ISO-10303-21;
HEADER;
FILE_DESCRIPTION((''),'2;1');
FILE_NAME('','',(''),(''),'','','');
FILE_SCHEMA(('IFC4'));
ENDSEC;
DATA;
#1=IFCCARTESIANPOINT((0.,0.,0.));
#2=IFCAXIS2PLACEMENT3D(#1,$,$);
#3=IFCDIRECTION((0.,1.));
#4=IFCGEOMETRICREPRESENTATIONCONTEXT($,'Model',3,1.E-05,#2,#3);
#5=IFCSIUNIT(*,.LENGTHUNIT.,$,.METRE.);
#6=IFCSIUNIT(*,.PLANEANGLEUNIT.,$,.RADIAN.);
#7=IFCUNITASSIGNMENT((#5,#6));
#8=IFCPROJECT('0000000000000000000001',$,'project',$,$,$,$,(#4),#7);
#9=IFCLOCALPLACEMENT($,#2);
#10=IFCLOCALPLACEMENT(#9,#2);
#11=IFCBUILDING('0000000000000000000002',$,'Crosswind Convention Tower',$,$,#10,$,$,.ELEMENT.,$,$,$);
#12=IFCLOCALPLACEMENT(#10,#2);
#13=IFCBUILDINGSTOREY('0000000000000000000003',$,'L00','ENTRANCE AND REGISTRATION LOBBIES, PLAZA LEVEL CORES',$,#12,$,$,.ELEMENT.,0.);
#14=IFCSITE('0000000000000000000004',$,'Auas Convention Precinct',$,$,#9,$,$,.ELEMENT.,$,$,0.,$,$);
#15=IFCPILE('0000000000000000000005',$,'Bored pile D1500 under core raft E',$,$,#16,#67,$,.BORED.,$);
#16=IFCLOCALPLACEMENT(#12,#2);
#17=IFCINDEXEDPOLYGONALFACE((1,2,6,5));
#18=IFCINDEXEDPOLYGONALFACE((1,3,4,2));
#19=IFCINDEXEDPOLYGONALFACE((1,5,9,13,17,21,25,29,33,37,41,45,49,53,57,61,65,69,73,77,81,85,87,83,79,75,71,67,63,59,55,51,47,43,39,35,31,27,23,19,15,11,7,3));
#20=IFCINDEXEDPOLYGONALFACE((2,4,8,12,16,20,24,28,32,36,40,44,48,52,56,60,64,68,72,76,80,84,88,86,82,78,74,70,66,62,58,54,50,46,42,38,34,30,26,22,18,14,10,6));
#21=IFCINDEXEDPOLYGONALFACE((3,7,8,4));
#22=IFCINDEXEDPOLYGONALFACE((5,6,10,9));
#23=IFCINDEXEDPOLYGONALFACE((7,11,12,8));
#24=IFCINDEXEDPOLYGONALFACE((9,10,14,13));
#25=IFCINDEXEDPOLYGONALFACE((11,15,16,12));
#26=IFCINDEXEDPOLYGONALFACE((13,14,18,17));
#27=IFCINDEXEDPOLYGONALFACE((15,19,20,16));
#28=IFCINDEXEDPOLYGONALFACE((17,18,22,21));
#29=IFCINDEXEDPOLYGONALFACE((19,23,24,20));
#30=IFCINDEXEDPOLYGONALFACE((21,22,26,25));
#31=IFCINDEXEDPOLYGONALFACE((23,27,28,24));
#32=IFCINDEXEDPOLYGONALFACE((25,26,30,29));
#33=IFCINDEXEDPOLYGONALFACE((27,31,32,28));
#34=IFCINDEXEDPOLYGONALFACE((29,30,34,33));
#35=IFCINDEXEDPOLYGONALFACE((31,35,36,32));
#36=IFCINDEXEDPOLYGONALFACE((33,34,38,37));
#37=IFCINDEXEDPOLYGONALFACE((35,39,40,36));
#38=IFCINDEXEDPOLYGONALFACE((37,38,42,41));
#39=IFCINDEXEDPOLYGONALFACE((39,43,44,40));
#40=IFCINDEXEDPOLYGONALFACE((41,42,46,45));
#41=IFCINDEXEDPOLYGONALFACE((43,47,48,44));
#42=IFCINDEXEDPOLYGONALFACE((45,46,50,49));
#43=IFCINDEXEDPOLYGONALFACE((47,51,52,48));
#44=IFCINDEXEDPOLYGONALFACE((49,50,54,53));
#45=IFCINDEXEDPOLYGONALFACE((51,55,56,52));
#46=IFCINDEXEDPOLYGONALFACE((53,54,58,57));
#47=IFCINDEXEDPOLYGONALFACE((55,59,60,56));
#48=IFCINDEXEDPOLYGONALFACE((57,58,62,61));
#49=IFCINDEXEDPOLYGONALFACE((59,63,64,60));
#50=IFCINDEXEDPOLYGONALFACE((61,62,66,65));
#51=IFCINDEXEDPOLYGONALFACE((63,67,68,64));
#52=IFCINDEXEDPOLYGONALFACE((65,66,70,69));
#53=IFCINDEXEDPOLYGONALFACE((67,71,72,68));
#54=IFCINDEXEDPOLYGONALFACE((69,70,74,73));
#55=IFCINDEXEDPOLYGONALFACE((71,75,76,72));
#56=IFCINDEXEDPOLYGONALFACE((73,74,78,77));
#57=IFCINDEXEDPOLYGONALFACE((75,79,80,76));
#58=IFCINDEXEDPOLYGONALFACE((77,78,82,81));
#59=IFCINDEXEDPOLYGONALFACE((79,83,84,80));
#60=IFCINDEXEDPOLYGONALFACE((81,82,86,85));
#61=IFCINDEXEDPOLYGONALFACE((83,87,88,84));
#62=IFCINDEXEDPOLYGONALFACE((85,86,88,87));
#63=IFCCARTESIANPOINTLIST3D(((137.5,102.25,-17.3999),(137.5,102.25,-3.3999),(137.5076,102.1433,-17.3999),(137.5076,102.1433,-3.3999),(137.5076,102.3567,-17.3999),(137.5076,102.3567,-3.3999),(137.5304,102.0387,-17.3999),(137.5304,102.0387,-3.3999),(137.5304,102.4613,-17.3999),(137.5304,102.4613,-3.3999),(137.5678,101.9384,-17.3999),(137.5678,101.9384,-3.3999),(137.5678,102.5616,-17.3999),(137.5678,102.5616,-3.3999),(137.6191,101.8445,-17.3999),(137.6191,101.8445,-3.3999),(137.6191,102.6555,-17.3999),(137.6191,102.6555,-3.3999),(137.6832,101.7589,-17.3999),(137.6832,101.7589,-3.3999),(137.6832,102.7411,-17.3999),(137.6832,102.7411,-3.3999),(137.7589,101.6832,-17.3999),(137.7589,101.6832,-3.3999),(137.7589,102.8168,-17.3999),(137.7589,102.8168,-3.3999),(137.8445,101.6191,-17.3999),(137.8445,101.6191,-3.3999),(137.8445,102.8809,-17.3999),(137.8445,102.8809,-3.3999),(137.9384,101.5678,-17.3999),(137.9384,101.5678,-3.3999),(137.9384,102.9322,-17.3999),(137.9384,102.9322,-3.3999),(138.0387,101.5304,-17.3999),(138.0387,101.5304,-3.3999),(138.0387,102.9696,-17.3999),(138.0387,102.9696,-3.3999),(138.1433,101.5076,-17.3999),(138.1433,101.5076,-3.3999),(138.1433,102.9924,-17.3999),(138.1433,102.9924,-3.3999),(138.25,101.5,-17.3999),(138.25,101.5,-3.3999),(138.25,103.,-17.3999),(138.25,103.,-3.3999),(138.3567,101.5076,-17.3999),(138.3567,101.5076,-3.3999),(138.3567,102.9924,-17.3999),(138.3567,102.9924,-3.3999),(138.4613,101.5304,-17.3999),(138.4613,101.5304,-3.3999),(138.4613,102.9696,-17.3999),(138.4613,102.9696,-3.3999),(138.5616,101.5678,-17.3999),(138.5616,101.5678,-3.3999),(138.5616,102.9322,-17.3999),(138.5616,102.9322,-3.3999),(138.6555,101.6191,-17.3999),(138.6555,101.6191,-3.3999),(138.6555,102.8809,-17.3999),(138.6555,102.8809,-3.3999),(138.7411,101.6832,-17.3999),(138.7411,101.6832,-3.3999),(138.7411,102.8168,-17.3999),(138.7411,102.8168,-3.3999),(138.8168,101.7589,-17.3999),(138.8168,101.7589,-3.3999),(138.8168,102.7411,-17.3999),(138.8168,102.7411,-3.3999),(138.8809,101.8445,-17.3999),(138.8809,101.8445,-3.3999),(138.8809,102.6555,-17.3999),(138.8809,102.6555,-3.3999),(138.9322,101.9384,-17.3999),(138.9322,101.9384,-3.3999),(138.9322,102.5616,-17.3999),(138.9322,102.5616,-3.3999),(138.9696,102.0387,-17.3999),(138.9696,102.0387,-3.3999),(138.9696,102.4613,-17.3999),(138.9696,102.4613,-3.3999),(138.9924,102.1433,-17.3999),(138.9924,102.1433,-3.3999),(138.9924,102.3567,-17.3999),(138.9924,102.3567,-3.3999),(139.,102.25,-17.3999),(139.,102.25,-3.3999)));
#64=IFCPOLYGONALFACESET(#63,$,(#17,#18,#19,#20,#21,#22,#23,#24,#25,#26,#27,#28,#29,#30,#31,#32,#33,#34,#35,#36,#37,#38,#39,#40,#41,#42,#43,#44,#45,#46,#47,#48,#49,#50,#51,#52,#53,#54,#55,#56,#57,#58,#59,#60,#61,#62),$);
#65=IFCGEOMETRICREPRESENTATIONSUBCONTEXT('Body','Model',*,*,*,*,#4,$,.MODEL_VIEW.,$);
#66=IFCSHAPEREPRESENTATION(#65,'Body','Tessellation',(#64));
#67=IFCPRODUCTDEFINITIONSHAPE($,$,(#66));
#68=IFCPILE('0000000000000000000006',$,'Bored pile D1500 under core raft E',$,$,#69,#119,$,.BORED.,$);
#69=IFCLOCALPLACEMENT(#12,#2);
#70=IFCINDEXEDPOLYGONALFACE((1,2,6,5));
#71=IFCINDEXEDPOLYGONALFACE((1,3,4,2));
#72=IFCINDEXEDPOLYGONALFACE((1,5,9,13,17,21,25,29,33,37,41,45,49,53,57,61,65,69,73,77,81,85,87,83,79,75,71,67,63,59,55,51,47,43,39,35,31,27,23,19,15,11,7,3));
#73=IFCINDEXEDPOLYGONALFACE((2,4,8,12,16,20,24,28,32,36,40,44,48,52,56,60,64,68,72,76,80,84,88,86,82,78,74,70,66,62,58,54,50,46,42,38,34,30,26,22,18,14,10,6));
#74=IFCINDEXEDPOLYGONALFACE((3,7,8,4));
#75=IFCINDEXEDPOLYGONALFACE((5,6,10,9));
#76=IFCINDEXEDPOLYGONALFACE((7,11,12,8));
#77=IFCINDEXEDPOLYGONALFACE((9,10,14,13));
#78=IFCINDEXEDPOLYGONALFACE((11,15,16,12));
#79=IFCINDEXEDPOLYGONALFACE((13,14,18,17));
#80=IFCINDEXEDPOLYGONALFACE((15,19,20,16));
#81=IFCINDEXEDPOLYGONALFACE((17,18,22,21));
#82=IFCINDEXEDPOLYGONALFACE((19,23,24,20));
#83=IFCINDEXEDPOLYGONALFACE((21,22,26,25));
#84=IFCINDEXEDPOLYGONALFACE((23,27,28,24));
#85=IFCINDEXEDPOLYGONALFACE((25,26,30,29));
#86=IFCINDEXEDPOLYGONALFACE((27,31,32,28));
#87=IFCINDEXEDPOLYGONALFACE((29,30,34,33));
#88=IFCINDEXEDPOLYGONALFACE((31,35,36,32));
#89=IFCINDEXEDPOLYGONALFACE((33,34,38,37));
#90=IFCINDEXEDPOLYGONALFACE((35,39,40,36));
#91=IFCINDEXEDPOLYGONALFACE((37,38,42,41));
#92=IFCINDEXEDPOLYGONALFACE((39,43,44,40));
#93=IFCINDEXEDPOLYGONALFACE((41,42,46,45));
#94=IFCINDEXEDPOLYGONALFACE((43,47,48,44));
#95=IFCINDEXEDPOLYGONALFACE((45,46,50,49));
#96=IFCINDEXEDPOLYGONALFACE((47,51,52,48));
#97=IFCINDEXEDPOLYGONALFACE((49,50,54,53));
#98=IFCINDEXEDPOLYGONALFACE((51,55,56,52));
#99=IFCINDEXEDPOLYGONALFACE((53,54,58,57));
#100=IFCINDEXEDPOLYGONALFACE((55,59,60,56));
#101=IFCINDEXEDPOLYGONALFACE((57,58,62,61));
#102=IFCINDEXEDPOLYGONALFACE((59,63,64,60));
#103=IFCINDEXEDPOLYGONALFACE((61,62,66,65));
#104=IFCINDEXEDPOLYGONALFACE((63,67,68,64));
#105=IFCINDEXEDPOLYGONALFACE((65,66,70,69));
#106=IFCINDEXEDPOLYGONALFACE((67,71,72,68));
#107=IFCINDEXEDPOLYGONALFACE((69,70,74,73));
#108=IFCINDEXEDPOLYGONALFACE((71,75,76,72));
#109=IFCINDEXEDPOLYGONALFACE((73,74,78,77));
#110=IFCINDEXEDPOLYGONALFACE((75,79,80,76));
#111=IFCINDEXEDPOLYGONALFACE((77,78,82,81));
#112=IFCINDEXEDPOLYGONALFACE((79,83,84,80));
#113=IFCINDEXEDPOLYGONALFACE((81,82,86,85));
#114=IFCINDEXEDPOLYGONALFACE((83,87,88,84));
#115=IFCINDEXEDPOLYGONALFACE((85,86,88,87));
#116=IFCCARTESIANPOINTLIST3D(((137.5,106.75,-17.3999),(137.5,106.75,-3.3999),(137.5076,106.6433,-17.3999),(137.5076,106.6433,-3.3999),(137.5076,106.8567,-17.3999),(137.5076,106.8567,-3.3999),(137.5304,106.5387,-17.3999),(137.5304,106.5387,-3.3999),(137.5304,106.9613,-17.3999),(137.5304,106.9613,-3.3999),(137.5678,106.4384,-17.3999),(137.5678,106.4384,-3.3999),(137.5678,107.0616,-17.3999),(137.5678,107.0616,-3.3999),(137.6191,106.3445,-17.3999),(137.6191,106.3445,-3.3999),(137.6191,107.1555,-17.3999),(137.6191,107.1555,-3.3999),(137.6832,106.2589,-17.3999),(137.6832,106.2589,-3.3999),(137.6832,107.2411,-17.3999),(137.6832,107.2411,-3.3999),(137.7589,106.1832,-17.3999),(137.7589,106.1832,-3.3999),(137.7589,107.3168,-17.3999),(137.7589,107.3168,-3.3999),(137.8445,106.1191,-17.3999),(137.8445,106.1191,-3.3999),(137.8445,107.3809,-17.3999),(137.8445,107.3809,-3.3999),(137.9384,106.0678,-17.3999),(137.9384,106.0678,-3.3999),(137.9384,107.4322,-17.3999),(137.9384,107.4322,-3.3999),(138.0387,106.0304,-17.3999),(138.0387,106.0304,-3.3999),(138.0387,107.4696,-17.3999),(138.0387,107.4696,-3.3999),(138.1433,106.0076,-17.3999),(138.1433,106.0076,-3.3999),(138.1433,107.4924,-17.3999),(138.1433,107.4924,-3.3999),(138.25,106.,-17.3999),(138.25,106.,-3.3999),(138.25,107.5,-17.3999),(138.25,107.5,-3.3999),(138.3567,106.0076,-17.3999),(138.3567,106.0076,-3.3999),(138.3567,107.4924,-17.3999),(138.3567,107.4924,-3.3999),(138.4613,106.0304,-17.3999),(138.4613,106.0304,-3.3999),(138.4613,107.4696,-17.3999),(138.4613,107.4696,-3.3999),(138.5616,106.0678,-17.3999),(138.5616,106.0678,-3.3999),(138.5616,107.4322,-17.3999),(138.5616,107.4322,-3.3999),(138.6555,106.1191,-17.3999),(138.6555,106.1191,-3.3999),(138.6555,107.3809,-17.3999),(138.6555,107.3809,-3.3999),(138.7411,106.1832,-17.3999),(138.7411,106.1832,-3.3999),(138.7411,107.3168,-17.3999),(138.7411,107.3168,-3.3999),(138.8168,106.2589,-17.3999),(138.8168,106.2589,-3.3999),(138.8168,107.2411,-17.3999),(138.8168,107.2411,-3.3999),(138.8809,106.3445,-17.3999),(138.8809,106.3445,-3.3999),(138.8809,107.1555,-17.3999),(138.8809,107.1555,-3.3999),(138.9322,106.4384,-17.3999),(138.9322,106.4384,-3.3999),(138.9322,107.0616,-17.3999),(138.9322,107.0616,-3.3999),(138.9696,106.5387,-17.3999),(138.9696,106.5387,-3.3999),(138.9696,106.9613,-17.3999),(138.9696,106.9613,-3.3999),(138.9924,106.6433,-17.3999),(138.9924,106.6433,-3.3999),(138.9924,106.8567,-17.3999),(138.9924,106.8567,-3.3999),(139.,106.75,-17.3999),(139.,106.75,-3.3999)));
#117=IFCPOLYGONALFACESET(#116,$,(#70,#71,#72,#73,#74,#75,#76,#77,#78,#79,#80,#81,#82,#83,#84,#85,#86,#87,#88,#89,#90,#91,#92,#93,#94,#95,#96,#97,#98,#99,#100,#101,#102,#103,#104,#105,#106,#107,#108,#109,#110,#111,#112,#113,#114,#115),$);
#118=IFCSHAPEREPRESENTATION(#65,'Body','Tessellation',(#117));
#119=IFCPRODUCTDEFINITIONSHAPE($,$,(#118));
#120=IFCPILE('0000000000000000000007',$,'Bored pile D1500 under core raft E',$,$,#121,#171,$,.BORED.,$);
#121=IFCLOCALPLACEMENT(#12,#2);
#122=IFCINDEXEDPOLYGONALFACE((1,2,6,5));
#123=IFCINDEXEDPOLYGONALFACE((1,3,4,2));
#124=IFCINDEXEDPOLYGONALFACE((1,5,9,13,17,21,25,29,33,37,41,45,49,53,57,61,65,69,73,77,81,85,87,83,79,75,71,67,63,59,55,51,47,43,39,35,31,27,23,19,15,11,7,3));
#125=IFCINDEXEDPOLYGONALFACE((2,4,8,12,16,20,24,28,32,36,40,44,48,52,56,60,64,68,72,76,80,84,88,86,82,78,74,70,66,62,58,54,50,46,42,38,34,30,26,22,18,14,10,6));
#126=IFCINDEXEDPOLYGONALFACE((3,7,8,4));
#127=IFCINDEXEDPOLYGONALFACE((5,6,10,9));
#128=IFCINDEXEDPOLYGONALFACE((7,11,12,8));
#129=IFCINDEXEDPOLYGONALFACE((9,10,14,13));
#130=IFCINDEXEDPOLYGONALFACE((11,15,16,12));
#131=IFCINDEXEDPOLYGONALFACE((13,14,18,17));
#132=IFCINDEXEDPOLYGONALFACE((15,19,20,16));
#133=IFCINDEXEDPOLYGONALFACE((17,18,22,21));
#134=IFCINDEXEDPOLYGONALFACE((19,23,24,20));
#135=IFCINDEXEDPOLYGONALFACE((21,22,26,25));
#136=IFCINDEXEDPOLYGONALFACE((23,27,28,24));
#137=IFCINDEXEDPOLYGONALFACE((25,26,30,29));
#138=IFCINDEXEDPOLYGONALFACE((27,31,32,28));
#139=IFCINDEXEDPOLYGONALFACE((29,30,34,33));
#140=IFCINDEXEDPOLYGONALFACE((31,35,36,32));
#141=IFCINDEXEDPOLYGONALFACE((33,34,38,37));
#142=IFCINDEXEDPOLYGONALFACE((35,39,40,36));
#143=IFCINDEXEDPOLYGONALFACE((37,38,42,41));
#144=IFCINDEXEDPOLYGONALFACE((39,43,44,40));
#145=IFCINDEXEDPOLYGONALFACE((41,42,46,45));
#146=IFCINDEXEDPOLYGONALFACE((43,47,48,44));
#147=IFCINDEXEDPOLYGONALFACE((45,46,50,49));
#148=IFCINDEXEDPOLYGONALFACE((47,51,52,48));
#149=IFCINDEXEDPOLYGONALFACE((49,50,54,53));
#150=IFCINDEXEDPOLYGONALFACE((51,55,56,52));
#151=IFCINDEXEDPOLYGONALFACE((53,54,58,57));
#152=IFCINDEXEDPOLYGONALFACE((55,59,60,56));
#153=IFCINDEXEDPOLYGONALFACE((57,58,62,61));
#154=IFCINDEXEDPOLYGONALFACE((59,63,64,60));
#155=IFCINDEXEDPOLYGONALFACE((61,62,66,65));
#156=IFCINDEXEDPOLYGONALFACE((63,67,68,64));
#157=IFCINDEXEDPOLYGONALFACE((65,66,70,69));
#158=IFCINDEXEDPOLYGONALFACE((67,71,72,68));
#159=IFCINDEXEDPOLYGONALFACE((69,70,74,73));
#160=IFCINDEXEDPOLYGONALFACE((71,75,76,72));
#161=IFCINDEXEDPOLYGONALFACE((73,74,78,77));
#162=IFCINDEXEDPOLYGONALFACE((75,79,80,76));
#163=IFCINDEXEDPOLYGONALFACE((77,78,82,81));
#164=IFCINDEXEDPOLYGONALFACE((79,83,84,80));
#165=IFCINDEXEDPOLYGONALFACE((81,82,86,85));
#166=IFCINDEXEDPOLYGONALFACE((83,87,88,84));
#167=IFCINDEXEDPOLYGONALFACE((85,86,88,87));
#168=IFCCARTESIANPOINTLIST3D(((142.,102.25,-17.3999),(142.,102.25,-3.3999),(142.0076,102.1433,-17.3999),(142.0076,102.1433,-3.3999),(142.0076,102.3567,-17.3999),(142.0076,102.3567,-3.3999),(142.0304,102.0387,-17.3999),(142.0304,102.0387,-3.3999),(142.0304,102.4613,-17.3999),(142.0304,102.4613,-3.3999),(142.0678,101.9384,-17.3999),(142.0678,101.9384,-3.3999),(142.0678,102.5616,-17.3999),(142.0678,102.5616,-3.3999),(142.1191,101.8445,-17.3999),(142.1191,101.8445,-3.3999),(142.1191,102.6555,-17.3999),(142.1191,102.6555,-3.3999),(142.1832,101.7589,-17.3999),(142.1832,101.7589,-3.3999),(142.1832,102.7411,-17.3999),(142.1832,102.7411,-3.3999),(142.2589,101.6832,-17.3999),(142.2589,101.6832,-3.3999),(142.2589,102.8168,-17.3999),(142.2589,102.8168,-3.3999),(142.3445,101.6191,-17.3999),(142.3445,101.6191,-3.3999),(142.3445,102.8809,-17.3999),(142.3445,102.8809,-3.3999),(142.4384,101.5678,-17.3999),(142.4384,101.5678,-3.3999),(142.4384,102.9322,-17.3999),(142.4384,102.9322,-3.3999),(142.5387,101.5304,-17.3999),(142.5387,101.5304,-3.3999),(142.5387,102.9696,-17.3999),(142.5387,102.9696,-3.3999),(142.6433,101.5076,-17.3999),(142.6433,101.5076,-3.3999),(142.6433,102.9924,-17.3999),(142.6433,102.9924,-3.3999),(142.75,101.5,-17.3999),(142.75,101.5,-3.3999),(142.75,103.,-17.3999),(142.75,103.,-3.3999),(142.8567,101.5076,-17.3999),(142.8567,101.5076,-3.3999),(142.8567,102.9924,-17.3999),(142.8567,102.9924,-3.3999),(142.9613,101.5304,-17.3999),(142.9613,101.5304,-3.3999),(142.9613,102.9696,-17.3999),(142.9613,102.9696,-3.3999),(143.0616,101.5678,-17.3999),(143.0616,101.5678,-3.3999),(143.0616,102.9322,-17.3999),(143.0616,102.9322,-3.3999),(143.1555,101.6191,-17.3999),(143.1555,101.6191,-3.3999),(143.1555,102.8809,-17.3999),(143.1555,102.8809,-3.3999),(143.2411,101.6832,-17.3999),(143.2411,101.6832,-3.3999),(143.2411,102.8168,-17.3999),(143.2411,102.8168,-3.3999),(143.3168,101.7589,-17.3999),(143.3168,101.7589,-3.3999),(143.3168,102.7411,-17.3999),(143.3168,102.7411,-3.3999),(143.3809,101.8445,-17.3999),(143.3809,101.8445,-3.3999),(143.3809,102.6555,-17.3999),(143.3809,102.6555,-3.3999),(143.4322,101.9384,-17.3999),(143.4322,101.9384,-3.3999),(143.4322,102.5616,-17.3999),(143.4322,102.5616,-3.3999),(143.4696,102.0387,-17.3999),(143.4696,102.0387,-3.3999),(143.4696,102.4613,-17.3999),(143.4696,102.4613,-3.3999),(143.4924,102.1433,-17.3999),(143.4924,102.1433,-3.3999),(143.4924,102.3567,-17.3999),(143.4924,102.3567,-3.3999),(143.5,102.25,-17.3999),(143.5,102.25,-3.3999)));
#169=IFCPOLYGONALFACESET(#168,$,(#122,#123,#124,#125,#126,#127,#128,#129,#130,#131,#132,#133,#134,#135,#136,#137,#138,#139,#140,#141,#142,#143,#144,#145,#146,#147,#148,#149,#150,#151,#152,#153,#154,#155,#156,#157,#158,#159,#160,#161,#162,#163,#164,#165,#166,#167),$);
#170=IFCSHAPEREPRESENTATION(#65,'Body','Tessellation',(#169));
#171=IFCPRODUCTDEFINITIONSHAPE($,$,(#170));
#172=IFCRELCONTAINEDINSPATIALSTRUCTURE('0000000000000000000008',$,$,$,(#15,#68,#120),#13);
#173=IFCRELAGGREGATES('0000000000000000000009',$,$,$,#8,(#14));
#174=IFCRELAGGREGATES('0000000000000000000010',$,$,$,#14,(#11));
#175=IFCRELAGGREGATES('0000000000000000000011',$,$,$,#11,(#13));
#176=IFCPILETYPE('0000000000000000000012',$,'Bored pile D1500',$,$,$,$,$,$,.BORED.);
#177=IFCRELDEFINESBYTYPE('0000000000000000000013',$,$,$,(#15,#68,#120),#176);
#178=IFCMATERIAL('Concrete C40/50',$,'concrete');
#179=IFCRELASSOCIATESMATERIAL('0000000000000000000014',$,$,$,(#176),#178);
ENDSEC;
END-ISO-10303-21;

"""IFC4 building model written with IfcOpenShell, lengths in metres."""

from ifc_helpers import new_model, si_unit, direction, frame, origin, origin_2d, place, context, subcontext, project, spatial, circle, extrude, material, material_profile, profile_set, type_object, element, save


model = new_model("IFC4")

# Units and contexts
model_context = context("Model", 3, precision=1e-05, world=origin(), true_north=direction((0.0, 1.0)))
body_context = subcontext(model_context, "Body", "Model", "MODEL_VIEW")
ifc_project = project(units=[si_unit("LENGTHUNIT", "METRE"), si_unit("PLANEANGLEUNIT", "RADIAN")], contexts=[model_context])

# Site, building, storey
site_placement = place(None, origin())
site = spatial("IfcSite", under=ifc_project, at=site_placement, Name="Auas Convention Precinct", CompositionType="ELEMENT", RefElevation=0.0)
building_placement = place(site_placement, origin())
building = spatial("IfcBuilding", under=site, at=building_placement, Name="Crosswind Convention Tower", CompositionType="ELEMENT")
storey_placement = place(building_placement, origin())
storey = spatial("IfcBuildingStorey", under=building, at=storey_placement, Name="L00", Description="ENTRANCE AND REGISTRATION LOBBIES, PLAZA LEVEL CORES", CompositionType="ELEMENT", Elevation=0.0)

# Piles
ifc_material_1 = material(Name="Concrete C40/50", Category="concrete")
ifc_material_profile = material_profile(ifc_material_1, circle(Radius=0.75, at=origin_2d()), Name="Bored pile D1500")
ifc_profile_set = profile_set([ifc_material_profile], Name="Concrete C40/50")
pile_type = type_object("IfcPileType", Name="Bored pile D1500", PredefinedType="BORED", material=ifc_profile_set)
for number, where, z_axis, x_axis, name in (
    (1, (138.25, 102.25, -3.3999), (0.0, 0.0, -1.0), (1.0, 0.0, 0.0), "Bored pile D1500 under core raft E"),
    (2, (138.25, 106.75, -3.3999), (0.0, 0.0, -1.0), (1.0, 0.0, 0.0), "Bored pile D1500 under core raft E"),
    (3, (142.75, 102.25, -3.3999), (0.0, 0.0, -1.0), (1.0, 0.0, 0.0), "Bored pile D1500 under core raft E"),
):
    element("IfcPile", number, at=place(storey_placement, frame(where, z_axis=z_axis, x_axis=x_axis)), inside=storey, type_object=pile_type, Name=name, PredefinedType="BORED", context=body_context, shape_type="SweptSolid", body=[
        extrude(circle(Radius=0.75, at=origin_2d()), origin(), (0.0, 0.0, 1.0), 14.0),
    ])

save(model, "model.ifc")
